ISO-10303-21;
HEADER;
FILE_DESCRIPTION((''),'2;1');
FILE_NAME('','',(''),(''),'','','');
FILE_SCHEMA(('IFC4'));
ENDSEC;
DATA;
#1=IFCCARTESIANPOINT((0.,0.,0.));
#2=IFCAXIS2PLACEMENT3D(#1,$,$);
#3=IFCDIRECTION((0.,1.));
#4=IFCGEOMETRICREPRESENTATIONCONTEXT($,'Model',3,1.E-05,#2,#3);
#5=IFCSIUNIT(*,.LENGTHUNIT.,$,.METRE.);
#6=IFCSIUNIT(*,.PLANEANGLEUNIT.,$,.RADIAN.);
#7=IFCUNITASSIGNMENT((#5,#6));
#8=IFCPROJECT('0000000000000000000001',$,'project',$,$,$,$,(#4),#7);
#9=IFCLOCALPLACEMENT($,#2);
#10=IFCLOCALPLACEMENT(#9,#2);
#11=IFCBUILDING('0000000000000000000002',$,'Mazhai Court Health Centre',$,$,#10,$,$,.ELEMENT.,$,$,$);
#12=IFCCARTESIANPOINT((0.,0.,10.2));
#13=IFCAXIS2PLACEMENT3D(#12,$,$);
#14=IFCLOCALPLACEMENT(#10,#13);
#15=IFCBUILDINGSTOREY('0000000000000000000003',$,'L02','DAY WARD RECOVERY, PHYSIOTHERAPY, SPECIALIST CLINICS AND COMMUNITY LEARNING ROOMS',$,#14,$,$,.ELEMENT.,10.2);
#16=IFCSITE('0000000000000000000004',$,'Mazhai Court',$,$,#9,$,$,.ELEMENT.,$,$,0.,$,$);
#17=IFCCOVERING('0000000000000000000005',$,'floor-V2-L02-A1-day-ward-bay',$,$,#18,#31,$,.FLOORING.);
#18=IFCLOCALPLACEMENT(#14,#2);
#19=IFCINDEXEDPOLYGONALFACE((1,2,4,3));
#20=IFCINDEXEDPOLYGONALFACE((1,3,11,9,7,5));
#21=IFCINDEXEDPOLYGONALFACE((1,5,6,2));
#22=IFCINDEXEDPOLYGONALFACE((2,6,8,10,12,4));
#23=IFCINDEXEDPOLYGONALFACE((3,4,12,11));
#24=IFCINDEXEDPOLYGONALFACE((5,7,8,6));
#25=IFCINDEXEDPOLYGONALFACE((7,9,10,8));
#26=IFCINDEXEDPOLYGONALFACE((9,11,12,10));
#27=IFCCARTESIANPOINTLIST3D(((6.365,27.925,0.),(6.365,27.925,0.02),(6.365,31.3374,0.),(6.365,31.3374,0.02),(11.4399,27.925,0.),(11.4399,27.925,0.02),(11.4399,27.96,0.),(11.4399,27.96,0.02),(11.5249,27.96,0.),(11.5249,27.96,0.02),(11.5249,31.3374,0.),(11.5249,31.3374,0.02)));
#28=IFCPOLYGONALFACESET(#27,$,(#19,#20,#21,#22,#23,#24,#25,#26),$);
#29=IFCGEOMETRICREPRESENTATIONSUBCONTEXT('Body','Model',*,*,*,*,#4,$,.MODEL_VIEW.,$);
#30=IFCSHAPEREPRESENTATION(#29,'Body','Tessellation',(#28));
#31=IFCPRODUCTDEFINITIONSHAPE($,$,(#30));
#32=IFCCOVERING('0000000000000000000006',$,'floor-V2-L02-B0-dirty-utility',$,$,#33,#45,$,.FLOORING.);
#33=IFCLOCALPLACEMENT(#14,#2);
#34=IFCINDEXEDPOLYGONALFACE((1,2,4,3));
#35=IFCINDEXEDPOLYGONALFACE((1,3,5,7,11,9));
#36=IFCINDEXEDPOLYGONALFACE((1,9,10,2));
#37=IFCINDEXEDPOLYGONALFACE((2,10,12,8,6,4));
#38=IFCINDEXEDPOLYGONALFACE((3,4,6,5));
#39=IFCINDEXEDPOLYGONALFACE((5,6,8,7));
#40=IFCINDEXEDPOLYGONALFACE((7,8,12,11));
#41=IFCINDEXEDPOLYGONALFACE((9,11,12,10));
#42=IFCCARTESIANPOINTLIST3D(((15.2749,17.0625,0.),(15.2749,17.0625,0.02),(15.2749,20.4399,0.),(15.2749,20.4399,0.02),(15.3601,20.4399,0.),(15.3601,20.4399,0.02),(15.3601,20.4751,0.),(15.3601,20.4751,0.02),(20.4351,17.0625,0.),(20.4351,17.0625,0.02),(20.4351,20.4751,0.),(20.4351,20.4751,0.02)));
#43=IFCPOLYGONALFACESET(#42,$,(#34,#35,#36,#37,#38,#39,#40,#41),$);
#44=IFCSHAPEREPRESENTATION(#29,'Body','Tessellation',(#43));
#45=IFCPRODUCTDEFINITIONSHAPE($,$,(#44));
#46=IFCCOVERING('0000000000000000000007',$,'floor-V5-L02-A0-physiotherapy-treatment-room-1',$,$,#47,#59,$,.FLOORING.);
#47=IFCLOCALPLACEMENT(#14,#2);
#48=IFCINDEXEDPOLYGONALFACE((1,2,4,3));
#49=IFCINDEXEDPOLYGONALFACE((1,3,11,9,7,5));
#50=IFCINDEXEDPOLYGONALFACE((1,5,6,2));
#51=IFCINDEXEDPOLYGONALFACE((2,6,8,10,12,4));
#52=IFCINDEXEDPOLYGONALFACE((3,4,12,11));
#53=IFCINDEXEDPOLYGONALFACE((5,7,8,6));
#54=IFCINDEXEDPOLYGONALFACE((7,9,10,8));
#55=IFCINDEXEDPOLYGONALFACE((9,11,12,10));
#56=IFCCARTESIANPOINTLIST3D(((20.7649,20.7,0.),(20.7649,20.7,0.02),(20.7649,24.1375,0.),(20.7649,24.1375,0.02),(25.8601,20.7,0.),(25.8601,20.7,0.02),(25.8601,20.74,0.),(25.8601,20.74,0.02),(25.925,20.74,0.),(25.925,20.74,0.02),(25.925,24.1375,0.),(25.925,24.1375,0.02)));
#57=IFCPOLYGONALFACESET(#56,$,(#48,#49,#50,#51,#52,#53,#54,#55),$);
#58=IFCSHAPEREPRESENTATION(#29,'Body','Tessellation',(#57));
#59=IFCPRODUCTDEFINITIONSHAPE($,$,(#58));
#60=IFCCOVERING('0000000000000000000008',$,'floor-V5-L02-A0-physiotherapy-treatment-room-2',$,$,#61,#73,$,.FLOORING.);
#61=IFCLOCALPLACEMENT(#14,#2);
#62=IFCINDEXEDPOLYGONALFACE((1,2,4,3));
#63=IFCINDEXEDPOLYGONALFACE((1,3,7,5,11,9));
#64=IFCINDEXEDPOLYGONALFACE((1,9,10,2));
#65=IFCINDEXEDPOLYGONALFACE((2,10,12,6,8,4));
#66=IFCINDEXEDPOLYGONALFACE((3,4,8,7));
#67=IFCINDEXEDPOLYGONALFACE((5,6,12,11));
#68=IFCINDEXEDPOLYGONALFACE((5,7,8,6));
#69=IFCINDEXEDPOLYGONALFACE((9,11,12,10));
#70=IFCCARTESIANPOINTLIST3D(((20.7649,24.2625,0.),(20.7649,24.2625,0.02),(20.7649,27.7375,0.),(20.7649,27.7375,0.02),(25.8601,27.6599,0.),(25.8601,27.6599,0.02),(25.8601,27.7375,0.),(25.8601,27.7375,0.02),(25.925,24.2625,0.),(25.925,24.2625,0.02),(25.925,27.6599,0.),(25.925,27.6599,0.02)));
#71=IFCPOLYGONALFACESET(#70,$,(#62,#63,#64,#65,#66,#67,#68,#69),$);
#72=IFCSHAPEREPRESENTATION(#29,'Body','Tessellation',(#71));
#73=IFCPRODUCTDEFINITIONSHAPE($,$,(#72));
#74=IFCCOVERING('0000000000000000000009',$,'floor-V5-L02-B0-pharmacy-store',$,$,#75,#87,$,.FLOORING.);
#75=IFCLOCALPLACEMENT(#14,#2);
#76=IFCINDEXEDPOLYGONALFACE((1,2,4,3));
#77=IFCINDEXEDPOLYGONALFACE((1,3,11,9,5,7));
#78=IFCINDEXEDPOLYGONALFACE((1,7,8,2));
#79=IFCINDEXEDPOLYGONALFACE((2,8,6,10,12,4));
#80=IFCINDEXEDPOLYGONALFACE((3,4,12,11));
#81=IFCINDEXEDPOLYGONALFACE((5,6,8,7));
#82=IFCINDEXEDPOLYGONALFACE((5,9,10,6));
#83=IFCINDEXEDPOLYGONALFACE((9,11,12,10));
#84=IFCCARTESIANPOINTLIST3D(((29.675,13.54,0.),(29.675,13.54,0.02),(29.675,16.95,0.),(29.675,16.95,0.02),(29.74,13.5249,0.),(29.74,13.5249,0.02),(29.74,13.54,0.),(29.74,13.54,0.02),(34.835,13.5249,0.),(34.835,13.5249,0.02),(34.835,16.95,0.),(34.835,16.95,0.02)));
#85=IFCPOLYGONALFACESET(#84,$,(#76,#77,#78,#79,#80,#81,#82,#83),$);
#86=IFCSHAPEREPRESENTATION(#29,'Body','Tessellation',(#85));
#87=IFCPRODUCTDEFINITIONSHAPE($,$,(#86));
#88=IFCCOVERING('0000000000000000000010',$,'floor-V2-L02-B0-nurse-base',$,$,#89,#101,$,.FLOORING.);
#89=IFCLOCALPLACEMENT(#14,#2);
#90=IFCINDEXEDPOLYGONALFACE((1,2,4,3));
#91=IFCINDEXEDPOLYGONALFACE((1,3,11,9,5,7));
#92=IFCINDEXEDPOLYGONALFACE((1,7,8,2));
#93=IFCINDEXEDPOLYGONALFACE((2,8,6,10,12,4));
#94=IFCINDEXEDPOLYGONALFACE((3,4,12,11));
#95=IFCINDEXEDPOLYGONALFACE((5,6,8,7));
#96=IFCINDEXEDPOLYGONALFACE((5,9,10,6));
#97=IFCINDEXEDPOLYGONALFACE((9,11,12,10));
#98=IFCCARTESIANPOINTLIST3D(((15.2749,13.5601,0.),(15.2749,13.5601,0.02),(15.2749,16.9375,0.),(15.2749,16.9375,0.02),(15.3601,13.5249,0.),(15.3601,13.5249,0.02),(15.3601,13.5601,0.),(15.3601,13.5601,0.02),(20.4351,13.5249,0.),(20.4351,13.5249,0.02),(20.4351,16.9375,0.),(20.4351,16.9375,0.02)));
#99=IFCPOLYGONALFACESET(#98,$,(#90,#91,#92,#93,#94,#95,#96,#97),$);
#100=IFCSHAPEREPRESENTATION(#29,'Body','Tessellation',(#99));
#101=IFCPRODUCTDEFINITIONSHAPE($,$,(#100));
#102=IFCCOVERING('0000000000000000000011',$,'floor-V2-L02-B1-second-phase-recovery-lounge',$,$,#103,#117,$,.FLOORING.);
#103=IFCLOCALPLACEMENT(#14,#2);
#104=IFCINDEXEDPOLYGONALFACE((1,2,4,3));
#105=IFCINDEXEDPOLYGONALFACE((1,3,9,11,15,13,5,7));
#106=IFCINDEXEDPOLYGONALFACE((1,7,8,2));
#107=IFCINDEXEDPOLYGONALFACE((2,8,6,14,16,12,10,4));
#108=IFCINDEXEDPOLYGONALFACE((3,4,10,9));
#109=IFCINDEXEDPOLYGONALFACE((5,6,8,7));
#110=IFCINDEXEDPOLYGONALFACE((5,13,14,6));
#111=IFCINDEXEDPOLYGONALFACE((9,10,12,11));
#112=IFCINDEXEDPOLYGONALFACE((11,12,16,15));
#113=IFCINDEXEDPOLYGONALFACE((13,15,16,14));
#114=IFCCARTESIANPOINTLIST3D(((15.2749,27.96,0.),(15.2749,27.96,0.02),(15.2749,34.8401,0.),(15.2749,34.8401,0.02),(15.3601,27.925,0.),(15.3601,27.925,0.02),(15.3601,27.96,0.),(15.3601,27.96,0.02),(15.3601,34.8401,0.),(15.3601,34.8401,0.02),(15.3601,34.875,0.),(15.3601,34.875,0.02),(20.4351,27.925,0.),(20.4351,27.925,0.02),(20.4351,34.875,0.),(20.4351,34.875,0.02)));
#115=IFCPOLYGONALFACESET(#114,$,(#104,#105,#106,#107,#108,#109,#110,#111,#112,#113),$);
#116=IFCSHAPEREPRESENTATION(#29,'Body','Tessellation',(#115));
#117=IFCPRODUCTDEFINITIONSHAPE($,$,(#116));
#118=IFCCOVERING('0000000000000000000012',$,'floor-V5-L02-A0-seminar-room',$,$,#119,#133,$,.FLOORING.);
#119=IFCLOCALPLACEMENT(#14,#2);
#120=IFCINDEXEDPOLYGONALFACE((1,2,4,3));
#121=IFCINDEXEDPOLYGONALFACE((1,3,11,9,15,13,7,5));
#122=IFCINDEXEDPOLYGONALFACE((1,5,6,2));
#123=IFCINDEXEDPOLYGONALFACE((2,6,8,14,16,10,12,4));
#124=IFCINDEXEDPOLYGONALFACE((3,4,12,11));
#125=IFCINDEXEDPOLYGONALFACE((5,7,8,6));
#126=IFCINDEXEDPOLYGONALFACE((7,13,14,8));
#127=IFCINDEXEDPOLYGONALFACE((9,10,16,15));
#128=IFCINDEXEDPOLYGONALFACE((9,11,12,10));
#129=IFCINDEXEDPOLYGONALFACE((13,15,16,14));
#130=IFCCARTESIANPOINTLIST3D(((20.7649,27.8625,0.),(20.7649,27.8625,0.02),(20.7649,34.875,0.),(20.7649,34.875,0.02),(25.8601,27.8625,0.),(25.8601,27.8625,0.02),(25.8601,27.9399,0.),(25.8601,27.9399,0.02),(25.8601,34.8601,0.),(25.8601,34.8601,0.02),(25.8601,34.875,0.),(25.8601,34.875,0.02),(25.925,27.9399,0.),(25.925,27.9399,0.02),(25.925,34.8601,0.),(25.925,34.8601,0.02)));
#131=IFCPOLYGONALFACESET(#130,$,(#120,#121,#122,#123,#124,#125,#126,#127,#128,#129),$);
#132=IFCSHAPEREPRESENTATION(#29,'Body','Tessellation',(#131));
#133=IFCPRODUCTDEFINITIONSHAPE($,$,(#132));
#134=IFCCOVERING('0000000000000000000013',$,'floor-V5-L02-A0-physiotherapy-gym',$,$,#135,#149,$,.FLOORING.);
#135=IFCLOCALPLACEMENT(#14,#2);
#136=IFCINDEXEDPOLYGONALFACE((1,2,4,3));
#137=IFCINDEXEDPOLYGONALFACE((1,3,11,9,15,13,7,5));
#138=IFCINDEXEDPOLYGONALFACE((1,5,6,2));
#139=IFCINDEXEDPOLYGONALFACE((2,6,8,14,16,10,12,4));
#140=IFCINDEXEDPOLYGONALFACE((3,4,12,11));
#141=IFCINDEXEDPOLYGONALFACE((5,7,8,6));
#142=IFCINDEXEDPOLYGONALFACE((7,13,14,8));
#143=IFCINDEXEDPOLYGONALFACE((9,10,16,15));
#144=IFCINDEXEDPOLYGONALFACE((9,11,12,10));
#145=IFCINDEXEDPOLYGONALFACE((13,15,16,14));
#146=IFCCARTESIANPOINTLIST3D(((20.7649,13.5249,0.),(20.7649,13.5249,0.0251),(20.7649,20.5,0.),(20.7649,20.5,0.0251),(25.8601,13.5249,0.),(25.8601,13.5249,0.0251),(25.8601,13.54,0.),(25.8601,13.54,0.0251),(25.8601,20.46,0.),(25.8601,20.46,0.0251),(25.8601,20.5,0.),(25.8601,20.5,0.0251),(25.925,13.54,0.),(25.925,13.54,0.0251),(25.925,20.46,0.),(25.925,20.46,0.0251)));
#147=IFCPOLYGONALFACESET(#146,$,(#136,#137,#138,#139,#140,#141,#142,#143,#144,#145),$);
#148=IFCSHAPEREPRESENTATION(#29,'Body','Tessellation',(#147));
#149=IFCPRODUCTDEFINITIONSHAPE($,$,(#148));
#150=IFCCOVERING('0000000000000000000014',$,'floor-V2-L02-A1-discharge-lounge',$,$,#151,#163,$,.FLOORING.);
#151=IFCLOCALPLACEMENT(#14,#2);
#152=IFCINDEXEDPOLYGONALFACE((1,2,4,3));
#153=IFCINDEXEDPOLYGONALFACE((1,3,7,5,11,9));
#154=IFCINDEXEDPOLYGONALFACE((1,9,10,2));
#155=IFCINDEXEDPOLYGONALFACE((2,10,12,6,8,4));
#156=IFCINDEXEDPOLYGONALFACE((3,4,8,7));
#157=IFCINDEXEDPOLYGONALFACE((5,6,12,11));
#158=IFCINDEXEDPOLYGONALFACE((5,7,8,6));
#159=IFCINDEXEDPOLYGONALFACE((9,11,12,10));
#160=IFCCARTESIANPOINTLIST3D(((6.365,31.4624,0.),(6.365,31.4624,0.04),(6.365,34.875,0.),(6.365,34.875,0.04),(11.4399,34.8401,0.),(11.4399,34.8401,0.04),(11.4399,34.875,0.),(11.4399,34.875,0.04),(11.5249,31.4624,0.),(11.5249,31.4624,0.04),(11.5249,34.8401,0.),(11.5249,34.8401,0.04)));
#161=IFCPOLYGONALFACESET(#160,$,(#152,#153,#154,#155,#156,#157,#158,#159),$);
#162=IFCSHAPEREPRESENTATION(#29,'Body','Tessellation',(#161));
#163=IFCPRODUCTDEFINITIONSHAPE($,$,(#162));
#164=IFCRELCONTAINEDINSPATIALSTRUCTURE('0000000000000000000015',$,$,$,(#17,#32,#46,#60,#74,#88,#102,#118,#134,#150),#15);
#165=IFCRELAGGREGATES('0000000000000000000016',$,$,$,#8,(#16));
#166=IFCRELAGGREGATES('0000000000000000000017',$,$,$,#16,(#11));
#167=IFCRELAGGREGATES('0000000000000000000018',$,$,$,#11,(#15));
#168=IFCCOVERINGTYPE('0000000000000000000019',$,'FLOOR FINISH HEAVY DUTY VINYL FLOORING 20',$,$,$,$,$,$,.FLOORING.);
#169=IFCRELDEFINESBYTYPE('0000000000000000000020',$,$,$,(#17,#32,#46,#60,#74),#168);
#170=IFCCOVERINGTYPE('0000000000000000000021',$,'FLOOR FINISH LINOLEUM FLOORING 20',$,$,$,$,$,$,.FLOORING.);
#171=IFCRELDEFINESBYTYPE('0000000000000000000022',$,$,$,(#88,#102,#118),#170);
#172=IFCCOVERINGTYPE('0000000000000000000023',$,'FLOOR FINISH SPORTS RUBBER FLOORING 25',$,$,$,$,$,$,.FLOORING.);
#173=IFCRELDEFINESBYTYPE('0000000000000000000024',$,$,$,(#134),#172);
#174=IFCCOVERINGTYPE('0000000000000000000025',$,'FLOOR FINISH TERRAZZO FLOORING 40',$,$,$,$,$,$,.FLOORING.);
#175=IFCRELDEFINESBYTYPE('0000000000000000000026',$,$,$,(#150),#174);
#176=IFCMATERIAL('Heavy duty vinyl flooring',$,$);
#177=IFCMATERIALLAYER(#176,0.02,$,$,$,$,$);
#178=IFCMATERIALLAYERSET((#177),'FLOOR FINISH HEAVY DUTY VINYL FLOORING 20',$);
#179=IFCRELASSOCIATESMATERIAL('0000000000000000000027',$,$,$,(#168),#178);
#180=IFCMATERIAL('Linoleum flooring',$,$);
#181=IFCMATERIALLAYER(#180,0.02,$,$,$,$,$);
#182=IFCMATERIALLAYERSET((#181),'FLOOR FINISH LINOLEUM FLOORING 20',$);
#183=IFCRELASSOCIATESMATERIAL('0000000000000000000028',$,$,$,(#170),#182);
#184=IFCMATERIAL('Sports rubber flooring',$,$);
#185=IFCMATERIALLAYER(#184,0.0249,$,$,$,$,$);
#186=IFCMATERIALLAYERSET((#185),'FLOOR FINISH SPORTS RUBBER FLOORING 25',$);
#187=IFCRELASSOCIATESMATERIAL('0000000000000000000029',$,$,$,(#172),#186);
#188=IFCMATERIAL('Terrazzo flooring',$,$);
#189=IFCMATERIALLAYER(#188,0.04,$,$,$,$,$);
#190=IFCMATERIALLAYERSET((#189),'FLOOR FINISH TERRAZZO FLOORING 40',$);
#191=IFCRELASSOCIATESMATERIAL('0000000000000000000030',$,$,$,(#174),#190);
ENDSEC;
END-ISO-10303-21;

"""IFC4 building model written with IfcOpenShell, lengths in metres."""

from ifc_helpers import new_model, si_unit, direction, frame, origin, place, context, subcontext, project, spatial, polyline, outline, extrude, material, layer, layer_set, type_object, element, save


model = new_model("IFC4")

# Units and contexts
model_context = context("Model", 3, precision=1e-05, world=origin(), true_north=direction((0.0, 1.0)))
body_context = subcontext(model_context, "Body", "Model", "MODEL_VIEW")
ifc_project = project(units=[si_unit("LENGTHUNIT", "METRE"), si_unit("PLANEANGLEUNIT", "RADIAN")], contexts=[model_context])

# Site, building, storey
site_placement = place(None, origin())
site = spatial("IfcSite", under=ifc_project, at=site_placement, Name="Mazhai Court", CompositionType="ELEMENT", RefElevation=0.0)
building_placement = place(site_placement, origin())
building = spatial("IfcBuilding", under=site, at=building_placement, Name="Mazhai Court Health Centre", CompositionType="ELEMENT")
storey_placement = place(building_placement, frame((0.0, 0.0, 10.2)))
storey = spatial("IfcBuildingStorey", under=building, at=storey_placement, Name="L02", Description="DAY WARD RECOVERY, PHYSIOTHERAPY, SPECIALIST CLINICS AND COMMUNITY LEARNING ROOMS", CompositionType="ELEMENT", Elevation=10.2)

# Coverings
ifc_material_1 = material(Name="Heavy duty vinyl flooring")
ifc_layer_1 = layer(ifc_material_1, 0.02)
ifc_layer_set_1 = layer_set([ifc_layer_1], Name="FLOOR FINISH HEAVY DUTY VINYL FLOORING 20")
covering_type_1 = type_object("IfcCoveringType", Name="FLOOR FINISH HEAVY DUTY VINYL FLOORING 20", PredefinedType="FLOORING", material=ifc_layer_set_1)
covering_1_placement = place(storey_placement, origin())
element("IfcCovering", 1, at=covering_1_placement, inside=storey, type_object=covering_type_1, Name="floor-V2-L02-A1-day-ward-bay", PredefinedType="FLOORING", context=body_context, shape_type="SweptSolid", body=[
    extrude(outline(polyline([(11.4399, 27.925), (11.4399, 27.96), (11.5249, 27.96), (11.5249, 31.3374), (6.365, 31.3374), (6.365, 27.925), (11.4399, 27.925)])), origin(), (0.0, 0.0, 1.0), 0.02),
])
covering_2_placement = place(storey_placement, origin())
element("IfcCovering", 2, at=covering_2_placement, inside=storey, type_object=covering_type_1, Name="floor-V2-L02-B0-dirty-utility", PredefinedType="FLOORING", context=body_context, shape_type="SweptSolid", body=[
    extrude(outline(polyline([(15.3601, 20.4751), (15.3601, 20.4399), (15.2749, 20.4399), (15.2749, 17.0625), (20.4351, 17.0625), (20.4351, 20.4751), (15.3601, 20.4751)])), origin(), (0.0, 0.0, 1.0), 0.02),
])
covering_3_placement = place(storey_placement, origin())
element("IfcCovering", 3, at=covering_3_placement, inside=storey, type_object=covering_type_1, Name="floor-V5-L02-A0-physiotherapy-treatment-room-1", PredefinedType="FLOORING", context=body_context, shape_type="SweptSolid", body=[
    extrude(outline(polyline([(25.8601, 20.7), (25.8601, 20.74), (25.925, 20.74), (25.925, 24.1375), (20.7649, 24.1375), (20.7649, 20.7), (25.8601, 20.7)])), origin(), (0.0, 0.0, 1.0), 0.02),
])
covering_4_placement = place(storey_placement, origin())
element("IfcCovering", 4, at=covering_4_placement, inside=storey, type_object=covering_type_1, Name="floor-V5-L02-A0-physiotherapy-treatment-room-2", PredefinedType="FLOORING", context=body_context, shape_type="SweptSolid", body=[
    extrude(outline(polyline([(25.925, 27.6599), (25.8601, 27.6599), (25.8601, 27.7375), (20.7649, 27.7375), (20.7649, 24.2625), (25.925, 24.2625), (25.925, 27.6599)])), origin(), (0.0, 0.0, 1.0), 0.02),
])
covering_5_placement = place(storey_placement, origin())
element("IfcCovering", 5, at=covering_5_placement, inside=storey, type_object=covering_type_1, Name="floor-V5-L02-B0-pharmacy-store", PredefinedType="FLOORING", context=body_context, shape_type="SweptSolid", body=[
    extrude(outline(polyline([(29.675, 13.54), (29.74, 13.54), (29.74, 13.5249), (34.835, 13.5249), (34.835, 16.95), (29.675, 16.95), (29.675, 13.54)])), origin(), (0.0, 0.0, 1.0), 0.02),
])
ifc_material_2 = material(Name="Linoleum flooring")
ifc_layer_2 = layer(ifc_material_2, 0.02)
ifc_layer_set_2 = layer_set([ifc_layer_2], Name="FLOOR FINISH LINOLEUM FLOORING 20")
covering_type_2 = type_object("IfcCoveringType", Name="FLOOR FINISH LINOLEUM FLOORING 20", PredefinedType="FLOORING", material=ifc_layer_set_2)
covering_6_placement = place(storey_placement, origin())
element("IfcCovering", 6, at=covering_6_placement, inside=storey, type_object=covering_type_2, Name="floor-V2-L02-B0-nurse-base", PredefinedType="FLOORING", context=body_context, shape_type="SweptSolid", body=[
    extrude(outline(polyline([(15.2749, 13.5601), (15.3601, 13.5601), (15.3601, 13.5249), (20.4351, 13.5249), (20.4351, 16.9375), (15.2749, 16.9375), (15.2749, 13.5601)])), origin(), (0.0, 0.0, 1.0), 0.02),
])
covering_7_placement = place(storey_placement, origin())
element("IfcCovering", 7, at=covering_7_placement, inside=storey, type_object=covering_type_2, Name="floor-V2-L02-B1-second-phase-recovery-lounge", PredefinedType="FLOORING", context=body_context, shape_type="SweptSolid", body=[
    extrude(outline(polyline([(15.3601, 34.875), (15.3601, 34.8401), (15.2749, 34.8401), (15.2749, 27.96), (15.3601, 27.96), (15.3601, 27.925), (20.4351, 27.925), (20.4351, 34.875), (15.3601, 34.875)])), origin(), (0.0, 0.0, 1.0), 0.02),
])
covering_8_placement = place(storey_placement, origin())
element("IfcCovering", 8, at=covering_8_placement, inside=storey, type_object=covering_type_2, Name="floor-V5-L02-A0-seminar-room", PredefinedType="FLOORING", context=body_context, shape_type="SweptSolid", body=[
    extrude(outline(polyline([(25.925, 34.8601), (25.8601, 34.8601), (25.8601, 34.875), (20.7649, 34.875), (20.7649, 27.8625), (25.8601, 27.8625), (25.8601, 27.9399), (25.925, 27.9399), (25.925, 34.8601)])), origin(), (0.0, 0.0, 1.0), 0.02),
])
ifc_material_3 = material(Name="Sports rubber flooring")
ifc_layer_3 = layer(ifc_material_3, 0.0249)
ifc_layer_set_3 = layer_set([ifc_layer_3], Name="FLOOR FINISH SPORTS RUBBER FLOORING 25")
covering_type_3 = type_object("IfcCoveringType", Name="FLOOR FINISH SPORTS RUBBER FLOORING 25", PredefinedType="FLOORING", material=ifc_layer_set_3)
covering_9_placement = place(storey_placement, origin())
element("IfcCovering", 9, at=covering_9_placement, inside=storey, type_object=covering_type_3, Name="floor-V5-L02-A0-physiotherapy-gym", PredefinedType="FLOORING", context=body_context, shape_type="SweptSolid", body=[
    extrude(outline(polyline([(25.925, 20.46), (25.8601, 20.46), (25.8601, 20.5), (20.7649, 20.5), (20.7649, 13.5249), (25.8601, 13.5249), (25.8601, 13.54), (25.925, 13.54), (25.925, 20.46)])), origin(), (0.0, 0.0, 1.0), 0.0251),
])
ifc_material_4 = material(Name="Terrazzo flooring")
ifc_layer_4 = layer(ifc_material_4, 0.04)
ifc_layer_set_4 = layer_set([ifc_layer_4], Name="FLOOR FINISH TERRAZZO FLOORING 40")
covering_type_4 = type_object("IfcCoveringType", Name="FLOOR FINISH TERRAZZO FLOORING 40", PredefinedType="FLOORING", material=ifc_layer_set_4)
covering_10_placement = place(storey_placement, origin())
element("IfcCovering", 10, at=covering_10_placement, inside=storey, type_object=covering_type_4, Name="floor-V2-L02-A1-discharge-lounge", PredefinedType="FLOORING", context=body_context, shape_type="SweptSolid", body=[
    extrude(outline(polyline([(11.5249, 34.8401), (11.4399, 34.8401), (11.4399, 34.875), (6.365, 34.875), (6.365, 31.4624), (11.5249, 31.4624), (11.5249, 34.8401)])), origin(), (0.0, 0.0, 1.0), 0.04),
])

save(model, "model.ifc")
